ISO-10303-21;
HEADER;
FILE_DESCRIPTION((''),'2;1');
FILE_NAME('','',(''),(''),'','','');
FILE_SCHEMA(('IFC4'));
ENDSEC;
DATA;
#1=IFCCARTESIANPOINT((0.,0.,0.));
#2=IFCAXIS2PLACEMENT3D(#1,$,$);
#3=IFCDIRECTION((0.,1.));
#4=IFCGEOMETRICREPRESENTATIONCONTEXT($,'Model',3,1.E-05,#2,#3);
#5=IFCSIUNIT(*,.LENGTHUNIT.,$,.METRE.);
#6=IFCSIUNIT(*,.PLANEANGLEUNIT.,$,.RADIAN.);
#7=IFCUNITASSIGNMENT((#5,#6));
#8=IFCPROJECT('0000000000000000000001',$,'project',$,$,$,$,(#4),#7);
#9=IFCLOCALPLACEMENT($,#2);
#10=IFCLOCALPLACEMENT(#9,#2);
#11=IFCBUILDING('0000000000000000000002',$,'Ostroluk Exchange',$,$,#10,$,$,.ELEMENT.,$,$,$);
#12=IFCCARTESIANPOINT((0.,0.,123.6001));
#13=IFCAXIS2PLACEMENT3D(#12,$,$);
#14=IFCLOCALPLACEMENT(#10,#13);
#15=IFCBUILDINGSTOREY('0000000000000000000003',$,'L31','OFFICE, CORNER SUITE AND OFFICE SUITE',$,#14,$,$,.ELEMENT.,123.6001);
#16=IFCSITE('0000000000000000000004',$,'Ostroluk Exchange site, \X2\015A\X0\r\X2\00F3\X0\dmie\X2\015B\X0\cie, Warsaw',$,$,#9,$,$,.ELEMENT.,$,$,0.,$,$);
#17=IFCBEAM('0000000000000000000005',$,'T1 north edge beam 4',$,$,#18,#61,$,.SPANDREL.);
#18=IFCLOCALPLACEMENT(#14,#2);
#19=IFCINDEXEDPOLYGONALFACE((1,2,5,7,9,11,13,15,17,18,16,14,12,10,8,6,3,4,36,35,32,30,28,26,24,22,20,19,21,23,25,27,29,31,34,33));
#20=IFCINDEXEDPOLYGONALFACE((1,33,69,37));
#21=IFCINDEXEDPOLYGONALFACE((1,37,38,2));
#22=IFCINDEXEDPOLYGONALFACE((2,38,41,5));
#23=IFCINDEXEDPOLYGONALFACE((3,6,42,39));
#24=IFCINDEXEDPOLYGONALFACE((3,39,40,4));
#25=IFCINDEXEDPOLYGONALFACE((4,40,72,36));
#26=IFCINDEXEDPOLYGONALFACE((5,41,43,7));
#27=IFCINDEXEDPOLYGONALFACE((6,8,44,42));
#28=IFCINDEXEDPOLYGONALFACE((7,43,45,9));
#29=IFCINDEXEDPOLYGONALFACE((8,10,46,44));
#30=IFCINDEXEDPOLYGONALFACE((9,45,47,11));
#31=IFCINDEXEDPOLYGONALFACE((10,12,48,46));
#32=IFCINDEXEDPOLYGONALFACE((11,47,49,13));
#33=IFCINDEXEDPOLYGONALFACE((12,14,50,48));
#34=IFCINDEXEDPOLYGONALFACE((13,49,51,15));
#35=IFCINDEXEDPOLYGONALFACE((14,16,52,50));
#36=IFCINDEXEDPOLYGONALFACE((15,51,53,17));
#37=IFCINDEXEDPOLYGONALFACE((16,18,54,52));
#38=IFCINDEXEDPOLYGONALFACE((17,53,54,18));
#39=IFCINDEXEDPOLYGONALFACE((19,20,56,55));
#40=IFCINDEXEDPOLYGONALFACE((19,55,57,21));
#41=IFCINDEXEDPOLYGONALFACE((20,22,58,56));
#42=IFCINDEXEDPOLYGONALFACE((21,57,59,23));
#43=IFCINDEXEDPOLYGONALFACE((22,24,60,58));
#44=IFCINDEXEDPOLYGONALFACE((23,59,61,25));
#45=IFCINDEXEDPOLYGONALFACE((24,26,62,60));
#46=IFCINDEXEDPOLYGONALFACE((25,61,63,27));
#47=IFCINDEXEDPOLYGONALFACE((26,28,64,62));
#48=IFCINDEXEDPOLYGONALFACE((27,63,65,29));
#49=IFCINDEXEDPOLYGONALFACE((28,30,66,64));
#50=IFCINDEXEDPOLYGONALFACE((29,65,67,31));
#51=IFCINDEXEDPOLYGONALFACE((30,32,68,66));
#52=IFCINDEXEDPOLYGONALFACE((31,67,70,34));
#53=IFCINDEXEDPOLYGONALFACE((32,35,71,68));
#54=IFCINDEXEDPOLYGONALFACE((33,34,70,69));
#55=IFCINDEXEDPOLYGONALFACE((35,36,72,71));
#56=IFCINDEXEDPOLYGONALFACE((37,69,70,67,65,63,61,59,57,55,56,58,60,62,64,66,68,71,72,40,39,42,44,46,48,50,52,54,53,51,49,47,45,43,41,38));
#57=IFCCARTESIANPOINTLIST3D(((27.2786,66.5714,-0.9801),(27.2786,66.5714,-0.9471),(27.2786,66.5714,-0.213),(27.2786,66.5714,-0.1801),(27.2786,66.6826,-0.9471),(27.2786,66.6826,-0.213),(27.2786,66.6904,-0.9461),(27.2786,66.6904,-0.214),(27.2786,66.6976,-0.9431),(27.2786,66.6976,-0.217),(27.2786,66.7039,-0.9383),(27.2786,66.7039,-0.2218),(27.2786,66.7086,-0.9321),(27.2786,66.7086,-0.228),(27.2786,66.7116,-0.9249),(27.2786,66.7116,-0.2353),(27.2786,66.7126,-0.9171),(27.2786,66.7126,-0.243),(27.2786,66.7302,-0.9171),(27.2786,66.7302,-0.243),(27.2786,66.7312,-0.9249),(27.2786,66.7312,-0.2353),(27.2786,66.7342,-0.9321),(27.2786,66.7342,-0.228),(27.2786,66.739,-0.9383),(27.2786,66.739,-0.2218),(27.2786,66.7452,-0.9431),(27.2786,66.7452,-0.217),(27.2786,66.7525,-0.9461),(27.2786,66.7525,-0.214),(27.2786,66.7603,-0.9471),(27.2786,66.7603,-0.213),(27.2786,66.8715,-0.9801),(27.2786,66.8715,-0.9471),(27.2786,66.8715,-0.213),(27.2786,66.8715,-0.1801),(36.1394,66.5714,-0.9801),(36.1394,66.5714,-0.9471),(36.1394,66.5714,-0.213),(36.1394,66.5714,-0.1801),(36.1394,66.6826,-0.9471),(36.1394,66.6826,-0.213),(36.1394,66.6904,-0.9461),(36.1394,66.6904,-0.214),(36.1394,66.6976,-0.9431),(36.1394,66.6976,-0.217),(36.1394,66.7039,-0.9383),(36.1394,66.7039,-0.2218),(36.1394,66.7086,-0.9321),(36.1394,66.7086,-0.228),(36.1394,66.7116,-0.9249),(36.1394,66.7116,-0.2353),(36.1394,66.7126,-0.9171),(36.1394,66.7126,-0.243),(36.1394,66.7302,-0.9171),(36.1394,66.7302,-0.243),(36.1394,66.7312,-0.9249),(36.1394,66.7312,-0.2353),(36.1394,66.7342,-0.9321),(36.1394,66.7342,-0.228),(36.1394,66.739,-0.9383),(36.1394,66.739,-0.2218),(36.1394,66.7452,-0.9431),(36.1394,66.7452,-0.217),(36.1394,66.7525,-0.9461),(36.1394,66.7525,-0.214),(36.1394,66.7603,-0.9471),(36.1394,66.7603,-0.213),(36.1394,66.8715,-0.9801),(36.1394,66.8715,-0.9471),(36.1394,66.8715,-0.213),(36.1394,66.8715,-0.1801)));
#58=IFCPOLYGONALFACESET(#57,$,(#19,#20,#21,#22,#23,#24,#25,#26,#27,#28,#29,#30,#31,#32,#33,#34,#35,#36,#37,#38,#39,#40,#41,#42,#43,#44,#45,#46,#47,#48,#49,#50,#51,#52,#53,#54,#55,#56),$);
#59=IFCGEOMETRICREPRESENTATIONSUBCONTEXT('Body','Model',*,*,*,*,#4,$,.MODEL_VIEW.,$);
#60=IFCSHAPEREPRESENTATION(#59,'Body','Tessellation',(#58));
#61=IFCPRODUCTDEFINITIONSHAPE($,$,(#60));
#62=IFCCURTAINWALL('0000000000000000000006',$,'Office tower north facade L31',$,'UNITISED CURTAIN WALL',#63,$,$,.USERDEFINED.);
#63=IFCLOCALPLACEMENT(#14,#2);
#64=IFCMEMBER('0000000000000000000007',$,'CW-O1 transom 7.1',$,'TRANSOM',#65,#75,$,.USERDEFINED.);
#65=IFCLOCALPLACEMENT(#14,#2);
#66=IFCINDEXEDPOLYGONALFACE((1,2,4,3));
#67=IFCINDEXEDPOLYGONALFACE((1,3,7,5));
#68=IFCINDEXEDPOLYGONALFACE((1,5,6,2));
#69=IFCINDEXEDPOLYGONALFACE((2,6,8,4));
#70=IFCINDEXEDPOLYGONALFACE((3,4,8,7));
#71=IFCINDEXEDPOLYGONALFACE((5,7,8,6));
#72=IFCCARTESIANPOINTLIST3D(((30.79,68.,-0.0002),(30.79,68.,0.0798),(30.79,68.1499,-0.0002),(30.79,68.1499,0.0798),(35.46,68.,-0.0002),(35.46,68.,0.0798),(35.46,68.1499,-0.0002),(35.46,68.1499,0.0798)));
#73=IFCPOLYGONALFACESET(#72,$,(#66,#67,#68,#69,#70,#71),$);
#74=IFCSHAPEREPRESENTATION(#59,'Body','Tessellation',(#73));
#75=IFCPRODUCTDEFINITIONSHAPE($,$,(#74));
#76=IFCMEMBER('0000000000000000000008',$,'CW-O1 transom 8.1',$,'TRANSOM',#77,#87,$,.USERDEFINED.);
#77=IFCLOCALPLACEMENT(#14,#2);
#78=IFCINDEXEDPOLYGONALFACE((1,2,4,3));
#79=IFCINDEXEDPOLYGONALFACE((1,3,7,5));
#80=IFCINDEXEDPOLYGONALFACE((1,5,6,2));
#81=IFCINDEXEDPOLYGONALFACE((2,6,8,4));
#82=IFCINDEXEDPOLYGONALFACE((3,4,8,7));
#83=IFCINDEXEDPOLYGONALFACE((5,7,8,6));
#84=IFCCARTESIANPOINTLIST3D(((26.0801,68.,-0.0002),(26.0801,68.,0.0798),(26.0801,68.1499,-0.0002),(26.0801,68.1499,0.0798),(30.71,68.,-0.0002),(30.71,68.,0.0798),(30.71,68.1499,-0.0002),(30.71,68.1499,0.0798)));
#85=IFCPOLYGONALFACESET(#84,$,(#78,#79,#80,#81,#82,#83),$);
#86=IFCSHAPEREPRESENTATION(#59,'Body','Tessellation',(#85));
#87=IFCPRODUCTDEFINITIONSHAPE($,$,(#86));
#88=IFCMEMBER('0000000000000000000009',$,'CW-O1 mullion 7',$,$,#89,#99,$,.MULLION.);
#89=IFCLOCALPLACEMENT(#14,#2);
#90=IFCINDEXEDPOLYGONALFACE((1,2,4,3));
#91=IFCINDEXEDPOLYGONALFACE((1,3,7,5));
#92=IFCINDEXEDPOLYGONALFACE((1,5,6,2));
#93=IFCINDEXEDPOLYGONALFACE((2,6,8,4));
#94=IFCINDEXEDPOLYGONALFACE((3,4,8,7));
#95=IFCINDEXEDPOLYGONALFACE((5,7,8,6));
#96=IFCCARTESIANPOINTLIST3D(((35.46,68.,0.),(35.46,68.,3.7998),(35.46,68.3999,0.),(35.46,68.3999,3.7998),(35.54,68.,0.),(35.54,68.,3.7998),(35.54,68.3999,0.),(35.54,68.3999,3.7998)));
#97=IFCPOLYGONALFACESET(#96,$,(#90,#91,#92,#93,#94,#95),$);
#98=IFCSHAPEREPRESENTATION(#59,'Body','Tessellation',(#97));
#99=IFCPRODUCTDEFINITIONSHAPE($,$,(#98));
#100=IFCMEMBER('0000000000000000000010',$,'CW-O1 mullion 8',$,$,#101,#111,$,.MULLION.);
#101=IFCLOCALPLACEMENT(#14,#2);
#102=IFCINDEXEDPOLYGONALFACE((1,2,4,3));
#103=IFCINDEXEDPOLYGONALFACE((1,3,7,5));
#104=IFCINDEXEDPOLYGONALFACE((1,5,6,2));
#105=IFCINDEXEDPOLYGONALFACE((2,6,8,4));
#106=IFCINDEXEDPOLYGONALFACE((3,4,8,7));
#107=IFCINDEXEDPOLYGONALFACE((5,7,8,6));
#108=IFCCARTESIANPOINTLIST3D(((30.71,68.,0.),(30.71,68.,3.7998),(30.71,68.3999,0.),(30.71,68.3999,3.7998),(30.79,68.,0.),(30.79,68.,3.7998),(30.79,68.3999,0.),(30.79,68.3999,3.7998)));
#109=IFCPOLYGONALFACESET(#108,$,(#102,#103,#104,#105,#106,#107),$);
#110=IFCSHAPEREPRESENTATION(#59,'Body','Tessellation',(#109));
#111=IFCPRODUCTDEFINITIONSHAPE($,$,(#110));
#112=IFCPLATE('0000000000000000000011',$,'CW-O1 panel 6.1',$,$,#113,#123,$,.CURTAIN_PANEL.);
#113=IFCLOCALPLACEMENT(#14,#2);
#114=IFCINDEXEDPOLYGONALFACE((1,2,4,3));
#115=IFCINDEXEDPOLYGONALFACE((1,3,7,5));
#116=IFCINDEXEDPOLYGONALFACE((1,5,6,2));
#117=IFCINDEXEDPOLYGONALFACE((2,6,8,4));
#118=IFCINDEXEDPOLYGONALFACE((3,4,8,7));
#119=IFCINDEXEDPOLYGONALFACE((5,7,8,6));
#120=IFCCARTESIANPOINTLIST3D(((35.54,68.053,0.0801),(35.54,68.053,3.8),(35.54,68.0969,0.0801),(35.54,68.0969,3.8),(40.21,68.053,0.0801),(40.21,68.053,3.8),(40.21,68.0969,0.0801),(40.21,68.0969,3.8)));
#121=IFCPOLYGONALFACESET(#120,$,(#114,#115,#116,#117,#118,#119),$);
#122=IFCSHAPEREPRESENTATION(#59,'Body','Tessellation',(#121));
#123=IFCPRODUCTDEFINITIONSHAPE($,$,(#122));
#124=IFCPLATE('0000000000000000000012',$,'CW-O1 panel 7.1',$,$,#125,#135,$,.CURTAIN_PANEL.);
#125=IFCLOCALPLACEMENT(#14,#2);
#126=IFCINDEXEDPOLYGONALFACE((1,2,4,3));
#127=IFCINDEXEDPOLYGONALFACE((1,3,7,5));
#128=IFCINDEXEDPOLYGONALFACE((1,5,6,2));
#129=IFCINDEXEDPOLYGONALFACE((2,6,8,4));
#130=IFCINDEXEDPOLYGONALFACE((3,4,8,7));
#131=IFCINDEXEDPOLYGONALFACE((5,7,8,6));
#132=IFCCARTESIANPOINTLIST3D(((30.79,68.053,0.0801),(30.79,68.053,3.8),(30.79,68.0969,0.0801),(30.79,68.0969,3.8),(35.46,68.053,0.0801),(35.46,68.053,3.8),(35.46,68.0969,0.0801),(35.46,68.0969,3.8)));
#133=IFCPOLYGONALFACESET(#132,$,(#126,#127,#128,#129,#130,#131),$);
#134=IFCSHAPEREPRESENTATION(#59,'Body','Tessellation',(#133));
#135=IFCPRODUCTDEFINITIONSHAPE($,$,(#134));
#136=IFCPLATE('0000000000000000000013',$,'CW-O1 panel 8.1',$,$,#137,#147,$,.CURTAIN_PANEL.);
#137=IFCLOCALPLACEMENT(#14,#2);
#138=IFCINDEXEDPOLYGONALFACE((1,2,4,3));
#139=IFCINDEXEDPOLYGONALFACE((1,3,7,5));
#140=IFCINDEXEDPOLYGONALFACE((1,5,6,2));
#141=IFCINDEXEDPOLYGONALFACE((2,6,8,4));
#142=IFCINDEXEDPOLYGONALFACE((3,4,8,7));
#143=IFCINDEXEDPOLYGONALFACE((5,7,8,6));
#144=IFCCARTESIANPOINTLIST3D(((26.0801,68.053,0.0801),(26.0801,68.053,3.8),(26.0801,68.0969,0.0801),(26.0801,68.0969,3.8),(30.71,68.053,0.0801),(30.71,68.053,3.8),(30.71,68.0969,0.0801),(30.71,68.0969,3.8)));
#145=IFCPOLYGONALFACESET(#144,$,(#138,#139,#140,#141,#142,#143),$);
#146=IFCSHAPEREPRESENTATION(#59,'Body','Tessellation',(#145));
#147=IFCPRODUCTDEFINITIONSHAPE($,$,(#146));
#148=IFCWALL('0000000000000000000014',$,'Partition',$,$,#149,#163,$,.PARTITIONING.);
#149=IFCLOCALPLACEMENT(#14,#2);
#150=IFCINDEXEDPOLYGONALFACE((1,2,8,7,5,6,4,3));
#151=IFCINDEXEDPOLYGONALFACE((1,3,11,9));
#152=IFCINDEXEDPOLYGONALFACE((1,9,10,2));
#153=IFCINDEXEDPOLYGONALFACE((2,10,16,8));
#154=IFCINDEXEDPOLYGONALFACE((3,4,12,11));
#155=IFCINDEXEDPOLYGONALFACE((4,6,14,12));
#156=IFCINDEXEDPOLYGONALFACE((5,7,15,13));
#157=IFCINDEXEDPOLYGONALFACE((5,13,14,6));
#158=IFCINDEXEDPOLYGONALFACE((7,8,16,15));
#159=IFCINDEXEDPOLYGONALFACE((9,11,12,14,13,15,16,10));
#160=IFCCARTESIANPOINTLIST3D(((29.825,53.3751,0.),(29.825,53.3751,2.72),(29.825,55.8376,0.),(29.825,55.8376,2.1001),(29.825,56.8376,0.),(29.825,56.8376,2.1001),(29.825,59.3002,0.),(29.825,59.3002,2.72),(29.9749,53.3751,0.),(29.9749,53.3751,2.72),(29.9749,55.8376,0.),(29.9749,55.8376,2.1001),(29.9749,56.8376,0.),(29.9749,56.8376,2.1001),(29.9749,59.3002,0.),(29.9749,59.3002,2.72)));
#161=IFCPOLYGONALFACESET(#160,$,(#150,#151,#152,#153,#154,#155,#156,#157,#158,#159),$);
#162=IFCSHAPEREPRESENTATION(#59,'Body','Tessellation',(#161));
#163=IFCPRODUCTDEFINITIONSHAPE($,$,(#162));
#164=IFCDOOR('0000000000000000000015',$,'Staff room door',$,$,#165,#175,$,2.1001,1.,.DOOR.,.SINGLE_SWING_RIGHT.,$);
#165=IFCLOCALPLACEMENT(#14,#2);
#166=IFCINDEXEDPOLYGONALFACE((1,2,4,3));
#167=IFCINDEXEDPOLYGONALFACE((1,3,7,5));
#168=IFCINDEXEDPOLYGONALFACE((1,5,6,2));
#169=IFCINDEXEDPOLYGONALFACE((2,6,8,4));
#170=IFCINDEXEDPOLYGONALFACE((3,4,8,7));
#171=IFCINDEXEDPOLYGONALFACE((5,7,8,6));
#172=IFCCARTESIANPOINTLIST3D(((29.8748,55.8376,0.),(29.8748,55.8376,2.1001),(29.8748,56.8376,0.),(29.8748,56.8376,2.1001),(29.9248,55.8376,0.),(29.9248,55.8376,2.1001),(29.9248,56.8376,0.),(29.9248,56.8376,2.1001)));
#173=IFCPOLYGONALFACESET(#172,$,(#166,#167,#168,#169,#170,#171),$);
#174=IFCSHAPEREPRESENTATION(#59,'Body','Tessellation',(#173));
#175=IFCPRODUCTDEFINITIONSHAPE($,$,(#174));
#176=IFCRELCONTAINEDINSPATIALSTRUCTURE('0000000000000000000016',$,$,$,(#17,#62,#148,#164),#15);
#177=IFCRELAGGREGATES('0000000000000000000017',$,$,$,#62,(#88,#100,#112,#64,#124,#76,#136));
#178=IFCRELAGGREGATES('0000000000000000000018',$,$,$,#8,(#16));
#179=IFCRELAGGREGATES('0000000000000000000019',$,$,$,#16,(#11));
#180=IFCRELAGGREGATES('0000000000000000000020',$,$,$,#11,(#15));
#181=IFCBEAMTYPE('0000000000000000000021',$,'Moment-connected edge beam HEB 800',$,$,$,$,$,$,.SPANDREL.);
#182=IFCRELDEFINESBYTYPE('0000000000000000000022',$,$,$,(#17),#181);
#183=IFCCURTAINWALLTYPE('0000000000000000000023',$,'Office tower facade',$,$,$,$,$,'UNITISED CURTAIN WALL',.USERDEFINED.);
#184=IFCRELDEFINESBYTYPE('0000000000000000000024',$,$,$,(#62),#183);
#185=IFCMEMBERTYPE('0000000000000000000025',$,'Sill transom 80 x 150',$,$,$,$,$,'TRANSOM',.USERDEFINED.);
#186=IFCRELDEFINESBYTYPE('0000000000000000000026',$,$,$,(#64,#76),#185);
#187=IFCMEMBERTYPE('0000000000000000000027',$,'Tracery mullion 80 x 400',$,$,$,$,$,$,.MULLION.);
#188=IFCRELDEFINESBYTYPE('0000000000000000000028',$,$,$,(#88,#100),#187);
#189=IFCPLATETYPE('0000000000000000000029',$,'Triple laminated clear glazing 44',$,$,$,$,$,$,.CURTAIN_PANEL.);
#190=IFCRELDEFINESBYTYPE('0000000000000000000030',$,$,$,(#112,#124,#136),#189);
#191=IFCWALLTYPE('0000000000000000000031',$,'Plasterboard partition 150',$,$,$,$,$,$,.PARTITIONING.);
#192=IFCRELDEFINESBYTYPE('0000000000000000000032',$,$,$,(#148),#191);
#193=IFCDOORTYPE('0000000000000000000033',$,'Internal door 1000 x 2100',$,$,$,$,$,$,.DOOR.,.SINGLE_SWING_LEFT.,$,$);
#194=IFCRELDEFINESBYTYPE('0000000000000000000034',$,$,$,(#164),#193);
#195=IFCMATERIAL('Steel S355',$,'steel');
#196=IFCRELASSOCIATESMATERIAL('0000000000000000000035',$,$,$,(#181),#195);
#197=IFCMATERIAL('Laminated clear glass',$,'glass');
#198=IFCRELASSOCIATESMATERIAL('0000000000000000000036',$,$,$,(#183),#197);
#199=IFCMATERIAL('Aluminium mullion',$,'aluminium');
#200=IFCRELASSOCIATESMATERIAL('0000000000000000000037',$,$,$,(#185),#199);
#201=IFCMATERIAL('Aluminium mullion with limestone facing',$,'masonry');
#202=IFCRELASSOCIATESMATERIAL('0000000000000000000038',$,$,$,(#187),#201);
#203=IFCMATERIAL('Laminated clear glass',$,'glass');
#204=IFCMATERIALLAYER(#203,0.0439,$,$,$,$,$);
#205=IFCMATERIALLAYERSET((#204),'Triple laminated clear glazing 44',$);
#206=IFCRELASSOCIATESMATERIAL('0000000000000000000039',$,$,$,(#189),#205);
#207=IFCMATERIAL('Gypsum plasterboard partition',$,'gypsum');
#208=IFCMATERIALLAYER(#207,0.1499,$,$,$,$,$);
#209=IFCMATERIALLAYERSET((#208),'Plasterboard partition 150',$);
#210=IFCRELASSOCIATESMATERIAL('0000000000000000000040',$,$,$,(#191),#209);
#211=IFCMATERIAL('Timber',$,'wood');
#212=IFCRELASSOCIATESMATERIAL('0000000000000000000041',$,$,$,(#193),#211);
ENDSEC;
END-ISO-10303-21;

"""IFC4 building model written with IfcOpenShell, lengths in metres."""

from ifc_helpers import new_model, si_unit, direction, frame, frame_2d, origin, origin_2d, place, context, subcontext, project, spatial, rectangle, i_section, extrude, material, layer, layer_set, material_profile, profile_set, type_object, element, fill, aggregate, save


model = new_model("IFC4")

# Units and contexts
model_context = context("Model", 3, precision=1e-05, world=origin(), true_north=direction((0.0, 1.0)))
body_context = subcontext(model_context, "Body", "Model", "MODEL_VIEW")
ifc_project = project(units=[si_unit("LENGTHUNIT", "METRE"), si_unit("PLANEANGLEUNIT", "RADIAN")], contexts=[model_context])

# Site, building, storey
site_placement = place(None, origin())
site = spatial("IfcSite", under=ifc_project, at=site_placement, Name="Ostroluk Exchange site, Śródmieście, Warsaw", CompositionType="ELEMENT", RefElevation=0.0)
building_placement = place(site_placement, origin())
building = spatial("IfcBuilding", under=site, at=building_placement, Name="Ostroluk Exchange", CompositionType="ELEMENT")
storey_placement = place(building_placement, frame((0.0, 0.0, 123.6001)))
storey = spatial("IfcBuildingStorey", under=building, at=storey_placement, Name="L31", Description="OFFICE, CORNER SUITE AND OFFICE SUITE", CompositionType="ELEMENT", Elevation=123.6001)

# Beam
ifc_material_1 = material(Name="Steel S355", Category="steel")
ifc_material_profile_1 = material_profile(ifc_material_1, i_section(OverallWidth=0.3, OverallDepth=0.8, WebThickness=0.0176, FlangeThickness=0.033, FilletRadius=0.03, at=origin_2d()), Name="HEB 800")
ifc_profile_set_1 = profile_set([ifc_material_profile_1], Name="Steel S355")
beam_type_1 = type_object("IfcBeamType", Name="Moment-connected edge beam HEB 800", PredefinedType="SPANDREL", material=ifc_profile_set_1)
beam_1_placement = place(storey_placement, frame((36.1394, 66.7214, -0.5801), z_axis=(-1.0, 0.0, 0.0), x_axis=(0.0, -1.0, 0.0)))
element("IfcBeam", 1, at=beam_1_placement, inside=storey, type_object=beam_type_1, Name="T1 north edge beam 4", PredefinedType="SPANDREL", context=body_context, shape_type="SweptSolid", body=[
    extrude(i_section(OverallWidth=0.3, OverallDepth=0.8, WebThickness=0.0176, FlangeThickness=0.033, FilletRadius=0.03, at=origin_2d()), origin(), (0.0, 0.0, 1.0), 8.8608),
])

# Curtain wall, members, plates
ifc_material_2 = material(Name="Laminated clear glass", Category="glass")
curtain_wall_type = type_object("IfcCurtainWallType", Name="Office tower facade", ElementType="UNITISED CURTAIN WALL", PredefinedType="USERDEFINED", material=ifc_material_2)
curtain_wall_placement = place(storey_placement, origin())
curtain_wall = element("IfcCurtainWall", 2, at=curtain_wall_placement, inside=storey, type_object=curtain_wall_type, Name="Office tower north facade L31", ObjectType="UNITISED CURTAIN WALL", PredefinedType="USERDEFINED")
ifc_material_3 = material(Name="Aluminium mullion", Category="aluminium")
ifc_material_profile_2 = material_profile(ifc_material_3, rectangle(XDim=0.1499, YDim=0.0801, at=origin_2d()), Name="Sill transom 80 x 150")
ifc_profile_set_2 = profile_set([ifc_material_profile_2], Name="Aluminium mullion")
member_type_1 = type_object("IfcMemberType", Name="Sill transom 80 x 150", ElementType="TRANSOM", PredefinedType="USERDEFINED", material=ifc_profile_set_2)
member_1_placement = place(storey_placement, frame((35.46, 68.075, 0.0398), z_axis=(-1.0, 0.0, 0.0), x_axis=(0.0, -1.0, 0.0)))
member_1 = element("IfcMember", 3, at=member_1_placement, type_object=member_type_1, Name="CW-O1 transom 7.1", ObjectType="TRANSOM", PredefinedType="USERDEFINED", context=body_context, shape_type="SweptSolid", body=[
    extrude(rectangle(XDim=0.1499, YDim=0.0801, at=origin_2d()), origin(), (0.0, 0.0, 1.0), 4.6699),
])
member_2_placement = place(storey_placement, frame((30.71, 68.075, 0.0398), z_axis=(-1.0, 0.0, 0.0), x_axis=(0.0, -1.0, 0.0)))
member_2 = element("IfcMember", 4, at=member_2_placement, type_object=member_type_1, Name="CW-O1 transom 8.1", ObjectType="TRANSOM", PredefinedType="USERDEFINED", context=body_context, shape_type="SweptSolid", body=[
    extrude(rectangle(XDim=0.1499, YDim=0.0801, at=origin_2d()), origin(), (0.0, 0.0, 1.0), 4.6299),
])
ifc_material_4 = material(Name="Aluminium mullion with limestone facing", Category="masonry")
ifc_material_profile_3 = material_profile(ifc_material_4, rectangle(XDim=0.3999, YDim=0.0801, at=origin_2d()), Name="Tracery mullion 80 x 400")
ifc_profile_set_3 = profile_set([ifc_material_profile_3], Name="Aluminium mullion with limestone facing")
member_type_2 = type_object("IfcMemberType", Name="Tracery mullion 80 x 400", PredefinedType="MULLION", material=ifc_profile_set_3)
member_3_placement = place(storey_placement, frame((35.5, 68.2, 0.0), z_axis=(0.0, 0.0, 1.0), x_axis=(0.0, -1.0, 0.0)))
member_3 = element("IfcMember", 5, at=member_3_placement, type_object=member_type_2, Name="CW-O1 mullion 7", PredefinedType="MULLION", context=body_context, shape_type="SweptSolid", body=[
    extrude(rectangle(XDim=0.3999, YDim=0.0801, at=origin_2d()), origin(), (0.0, 0.0, 1.0), 3.7998),
])
member_4_placement = place(storey_placement, frame((30.75, 68.2, 0.0), z_axis=(0.0, 0.0, 1.0), x_axis=(0.0, -1.0, 0.0)))
member_4 = element("IfcMember", 6, at=member_4_placement, type_object=member_type_2, Name="CW-O1 mullion 8", PredefinedType="MULLION", context=body_context, shape_type="SweptSolid", body=[
    extrude(rectangle(XDim=0.3999, YDim=0.0801, at=origin_2d()), origin(), (0.0, 0.0, 1.0), 3.7998),
])
ifc_material_5 = material(Name="Laminated clear glass", Category="glass")
ifc_layer_1 = layer(ifc_material_5, 0.0439)
ifc_layer_set_1 = layer_set([ifc_layer_1], Name="Triple laminated clear glazing 44")
plate_type = type_object("IfcPlateType", Name="Triple laminated clear glazing 44", PredefinedType="CURTAIN_PANEL", material=ifc_layer_set_1)
plate_1_placement = place(storey_placement, frame((37.875, 68.075, 0.0801), z_axis=(0.0, 0.0, 1.0), x_axis=(-1.0, 0.0, 0.0)))
plate_1 = element("IfcPlate", 7, at=plate_1_placement, type_object=plate_type, Name="CW-O1 panel 6.1", PredefinedType="CURTAIN_PANEL", context=body_context, shape_type="SweptSolid", body=[
    extrude(rectangle(XDim=4.6699, YDim=0.0439, at=origin_2d()), origin(), (0.0, 0.0, 1.0), 3.72),
])
plate_2_placement = place(storey_placement, frame((33.125, 68.075, 0.0801), z_axis=(0.0, 0.0, 1.0), x_axis=(-1.0, 0.0, 0.0)))
plate_2 = element("IfcPlate", 8, at=plate_2_placement, type_object=plate_type, Name="CW-O1 panel 7.1", PredefinedType="CURTAIN_PANEL", context=body_context, shape_type="SweptSolid", body=[
    extrude(rectangle(XDim=4.6699, YDim=0.0439, at=origin_2d()), origin(), (0.0, 0.0, 1.0), 3.72),
])
plate_3_placement = place(storey_placement, frame((28.395, 68.075, 0.0801), z_axis=(0.0, 0.0, 1.0), x_axis=(-1.0, 0.0, 0.0)))
plate_3 = element("IfcPlate", 9, at=plate_3_placement, type_object=plate_type, Name="CW-O1 panel 8.1", PredefinedType="CURTAIN_PANEL", context=body_context, shape_type="SweptSolid", body=[
    extrude(rectangle(XDim=4.6299, YDim=0.0439, at=origin_2d()), origin(), (0.0, 0.0, 1.0), 3.72),
])
aggregate(curtain_wall, [member_3, member_4, plate_1, member_1, plate_2, member_2, plate_3])

# Wall, opening, door
ifc_material_6 = material(Name="Gypsum plasterboard partition", Category="gypsum")
ifc_layer_2 = layer(ifc_material_6, 0.1499)
ifc_layer_set_2 = layer_set([ifc_layer_2], Name="Plasterboard partition 150")
wall_type = type_object("IfcWallType", Name="Plasterboard partition 150", PredefinedType="PARTITIONING", material=ifc_layer_set_2)
wall_1_placement = place(storey_placement, frame((29.8999, 59.3, 0.0), z_axis=(0.0, 0.0, 1.0), x_axis=(0.0, -1.0, 0.0)))
wall_1 = element("IfcWall", 10, at=wall_1_placement, inside=storey, type_object=wall_type, Name="Partition", PredefinedType="PARTITIONING", context=body_context, shape_type="SweptSolid", body=[
    extrude(rectangle(XDim=5.925, YDim=0.1499, at=frame_2d((2.9624, 0.0))), origin(), (0.0, 0.0, 1.0), 2.72),
])
opening_placement = place(wall_1_placement, frame((2.4624, 0.0, 0.0)))
opening = element("IfcOpeningElement", 11, at=opening_placement, cuts=wall_1, PredefinedType="OPENING", context=body_context, shape_type="SweptSolid", body=[
    extrude(rectangle(XDim=1.0, YDim=2.1001, at=frame_2d((0.5, 1.05))), frame((0.0, 0.085, 0.0), z_axis=(0.0, -1.0, 0.0), x_axis=(1.0, 0.0, 0.0)), (0.0, 0.0, 1.0), 0.1699),
])
ifc_material_7 = material(Name="Timber", Category="wood")
door_type = type_object("IfcDoorType", Name="Internal door 1000 x 2100", OperationType="SINGLE_SWING_LEFT", PredefinedType="DOOR", material=ifc_material_7)
door_placement = place(opening_placement, origin())
door = element("IfcDoor", 12, at=door_placement, inside=storey, type_object=door_type, Name="Staff room door", OperationType="SINGLE_SWING_RIGHT", OverallHeight=2.1001, OverallWidth=1.0, PredefinedType="DOOR", context=body_context, shape_type="SweptSolid", body=[
    extrude(rectangle(XDim=1.0, YDim=2.1001, at=frame_2d((0.5, 1.05))), frame((0.0, 0.0249, 0.0), z_axis=(0.0, -1.0, 0.0), x_axis=(1.0, 0.0, 0.0)), (0.0, 0.0, 1.0), 0.05),
])
fill(opening, door)

save(model, "model.ifc")
